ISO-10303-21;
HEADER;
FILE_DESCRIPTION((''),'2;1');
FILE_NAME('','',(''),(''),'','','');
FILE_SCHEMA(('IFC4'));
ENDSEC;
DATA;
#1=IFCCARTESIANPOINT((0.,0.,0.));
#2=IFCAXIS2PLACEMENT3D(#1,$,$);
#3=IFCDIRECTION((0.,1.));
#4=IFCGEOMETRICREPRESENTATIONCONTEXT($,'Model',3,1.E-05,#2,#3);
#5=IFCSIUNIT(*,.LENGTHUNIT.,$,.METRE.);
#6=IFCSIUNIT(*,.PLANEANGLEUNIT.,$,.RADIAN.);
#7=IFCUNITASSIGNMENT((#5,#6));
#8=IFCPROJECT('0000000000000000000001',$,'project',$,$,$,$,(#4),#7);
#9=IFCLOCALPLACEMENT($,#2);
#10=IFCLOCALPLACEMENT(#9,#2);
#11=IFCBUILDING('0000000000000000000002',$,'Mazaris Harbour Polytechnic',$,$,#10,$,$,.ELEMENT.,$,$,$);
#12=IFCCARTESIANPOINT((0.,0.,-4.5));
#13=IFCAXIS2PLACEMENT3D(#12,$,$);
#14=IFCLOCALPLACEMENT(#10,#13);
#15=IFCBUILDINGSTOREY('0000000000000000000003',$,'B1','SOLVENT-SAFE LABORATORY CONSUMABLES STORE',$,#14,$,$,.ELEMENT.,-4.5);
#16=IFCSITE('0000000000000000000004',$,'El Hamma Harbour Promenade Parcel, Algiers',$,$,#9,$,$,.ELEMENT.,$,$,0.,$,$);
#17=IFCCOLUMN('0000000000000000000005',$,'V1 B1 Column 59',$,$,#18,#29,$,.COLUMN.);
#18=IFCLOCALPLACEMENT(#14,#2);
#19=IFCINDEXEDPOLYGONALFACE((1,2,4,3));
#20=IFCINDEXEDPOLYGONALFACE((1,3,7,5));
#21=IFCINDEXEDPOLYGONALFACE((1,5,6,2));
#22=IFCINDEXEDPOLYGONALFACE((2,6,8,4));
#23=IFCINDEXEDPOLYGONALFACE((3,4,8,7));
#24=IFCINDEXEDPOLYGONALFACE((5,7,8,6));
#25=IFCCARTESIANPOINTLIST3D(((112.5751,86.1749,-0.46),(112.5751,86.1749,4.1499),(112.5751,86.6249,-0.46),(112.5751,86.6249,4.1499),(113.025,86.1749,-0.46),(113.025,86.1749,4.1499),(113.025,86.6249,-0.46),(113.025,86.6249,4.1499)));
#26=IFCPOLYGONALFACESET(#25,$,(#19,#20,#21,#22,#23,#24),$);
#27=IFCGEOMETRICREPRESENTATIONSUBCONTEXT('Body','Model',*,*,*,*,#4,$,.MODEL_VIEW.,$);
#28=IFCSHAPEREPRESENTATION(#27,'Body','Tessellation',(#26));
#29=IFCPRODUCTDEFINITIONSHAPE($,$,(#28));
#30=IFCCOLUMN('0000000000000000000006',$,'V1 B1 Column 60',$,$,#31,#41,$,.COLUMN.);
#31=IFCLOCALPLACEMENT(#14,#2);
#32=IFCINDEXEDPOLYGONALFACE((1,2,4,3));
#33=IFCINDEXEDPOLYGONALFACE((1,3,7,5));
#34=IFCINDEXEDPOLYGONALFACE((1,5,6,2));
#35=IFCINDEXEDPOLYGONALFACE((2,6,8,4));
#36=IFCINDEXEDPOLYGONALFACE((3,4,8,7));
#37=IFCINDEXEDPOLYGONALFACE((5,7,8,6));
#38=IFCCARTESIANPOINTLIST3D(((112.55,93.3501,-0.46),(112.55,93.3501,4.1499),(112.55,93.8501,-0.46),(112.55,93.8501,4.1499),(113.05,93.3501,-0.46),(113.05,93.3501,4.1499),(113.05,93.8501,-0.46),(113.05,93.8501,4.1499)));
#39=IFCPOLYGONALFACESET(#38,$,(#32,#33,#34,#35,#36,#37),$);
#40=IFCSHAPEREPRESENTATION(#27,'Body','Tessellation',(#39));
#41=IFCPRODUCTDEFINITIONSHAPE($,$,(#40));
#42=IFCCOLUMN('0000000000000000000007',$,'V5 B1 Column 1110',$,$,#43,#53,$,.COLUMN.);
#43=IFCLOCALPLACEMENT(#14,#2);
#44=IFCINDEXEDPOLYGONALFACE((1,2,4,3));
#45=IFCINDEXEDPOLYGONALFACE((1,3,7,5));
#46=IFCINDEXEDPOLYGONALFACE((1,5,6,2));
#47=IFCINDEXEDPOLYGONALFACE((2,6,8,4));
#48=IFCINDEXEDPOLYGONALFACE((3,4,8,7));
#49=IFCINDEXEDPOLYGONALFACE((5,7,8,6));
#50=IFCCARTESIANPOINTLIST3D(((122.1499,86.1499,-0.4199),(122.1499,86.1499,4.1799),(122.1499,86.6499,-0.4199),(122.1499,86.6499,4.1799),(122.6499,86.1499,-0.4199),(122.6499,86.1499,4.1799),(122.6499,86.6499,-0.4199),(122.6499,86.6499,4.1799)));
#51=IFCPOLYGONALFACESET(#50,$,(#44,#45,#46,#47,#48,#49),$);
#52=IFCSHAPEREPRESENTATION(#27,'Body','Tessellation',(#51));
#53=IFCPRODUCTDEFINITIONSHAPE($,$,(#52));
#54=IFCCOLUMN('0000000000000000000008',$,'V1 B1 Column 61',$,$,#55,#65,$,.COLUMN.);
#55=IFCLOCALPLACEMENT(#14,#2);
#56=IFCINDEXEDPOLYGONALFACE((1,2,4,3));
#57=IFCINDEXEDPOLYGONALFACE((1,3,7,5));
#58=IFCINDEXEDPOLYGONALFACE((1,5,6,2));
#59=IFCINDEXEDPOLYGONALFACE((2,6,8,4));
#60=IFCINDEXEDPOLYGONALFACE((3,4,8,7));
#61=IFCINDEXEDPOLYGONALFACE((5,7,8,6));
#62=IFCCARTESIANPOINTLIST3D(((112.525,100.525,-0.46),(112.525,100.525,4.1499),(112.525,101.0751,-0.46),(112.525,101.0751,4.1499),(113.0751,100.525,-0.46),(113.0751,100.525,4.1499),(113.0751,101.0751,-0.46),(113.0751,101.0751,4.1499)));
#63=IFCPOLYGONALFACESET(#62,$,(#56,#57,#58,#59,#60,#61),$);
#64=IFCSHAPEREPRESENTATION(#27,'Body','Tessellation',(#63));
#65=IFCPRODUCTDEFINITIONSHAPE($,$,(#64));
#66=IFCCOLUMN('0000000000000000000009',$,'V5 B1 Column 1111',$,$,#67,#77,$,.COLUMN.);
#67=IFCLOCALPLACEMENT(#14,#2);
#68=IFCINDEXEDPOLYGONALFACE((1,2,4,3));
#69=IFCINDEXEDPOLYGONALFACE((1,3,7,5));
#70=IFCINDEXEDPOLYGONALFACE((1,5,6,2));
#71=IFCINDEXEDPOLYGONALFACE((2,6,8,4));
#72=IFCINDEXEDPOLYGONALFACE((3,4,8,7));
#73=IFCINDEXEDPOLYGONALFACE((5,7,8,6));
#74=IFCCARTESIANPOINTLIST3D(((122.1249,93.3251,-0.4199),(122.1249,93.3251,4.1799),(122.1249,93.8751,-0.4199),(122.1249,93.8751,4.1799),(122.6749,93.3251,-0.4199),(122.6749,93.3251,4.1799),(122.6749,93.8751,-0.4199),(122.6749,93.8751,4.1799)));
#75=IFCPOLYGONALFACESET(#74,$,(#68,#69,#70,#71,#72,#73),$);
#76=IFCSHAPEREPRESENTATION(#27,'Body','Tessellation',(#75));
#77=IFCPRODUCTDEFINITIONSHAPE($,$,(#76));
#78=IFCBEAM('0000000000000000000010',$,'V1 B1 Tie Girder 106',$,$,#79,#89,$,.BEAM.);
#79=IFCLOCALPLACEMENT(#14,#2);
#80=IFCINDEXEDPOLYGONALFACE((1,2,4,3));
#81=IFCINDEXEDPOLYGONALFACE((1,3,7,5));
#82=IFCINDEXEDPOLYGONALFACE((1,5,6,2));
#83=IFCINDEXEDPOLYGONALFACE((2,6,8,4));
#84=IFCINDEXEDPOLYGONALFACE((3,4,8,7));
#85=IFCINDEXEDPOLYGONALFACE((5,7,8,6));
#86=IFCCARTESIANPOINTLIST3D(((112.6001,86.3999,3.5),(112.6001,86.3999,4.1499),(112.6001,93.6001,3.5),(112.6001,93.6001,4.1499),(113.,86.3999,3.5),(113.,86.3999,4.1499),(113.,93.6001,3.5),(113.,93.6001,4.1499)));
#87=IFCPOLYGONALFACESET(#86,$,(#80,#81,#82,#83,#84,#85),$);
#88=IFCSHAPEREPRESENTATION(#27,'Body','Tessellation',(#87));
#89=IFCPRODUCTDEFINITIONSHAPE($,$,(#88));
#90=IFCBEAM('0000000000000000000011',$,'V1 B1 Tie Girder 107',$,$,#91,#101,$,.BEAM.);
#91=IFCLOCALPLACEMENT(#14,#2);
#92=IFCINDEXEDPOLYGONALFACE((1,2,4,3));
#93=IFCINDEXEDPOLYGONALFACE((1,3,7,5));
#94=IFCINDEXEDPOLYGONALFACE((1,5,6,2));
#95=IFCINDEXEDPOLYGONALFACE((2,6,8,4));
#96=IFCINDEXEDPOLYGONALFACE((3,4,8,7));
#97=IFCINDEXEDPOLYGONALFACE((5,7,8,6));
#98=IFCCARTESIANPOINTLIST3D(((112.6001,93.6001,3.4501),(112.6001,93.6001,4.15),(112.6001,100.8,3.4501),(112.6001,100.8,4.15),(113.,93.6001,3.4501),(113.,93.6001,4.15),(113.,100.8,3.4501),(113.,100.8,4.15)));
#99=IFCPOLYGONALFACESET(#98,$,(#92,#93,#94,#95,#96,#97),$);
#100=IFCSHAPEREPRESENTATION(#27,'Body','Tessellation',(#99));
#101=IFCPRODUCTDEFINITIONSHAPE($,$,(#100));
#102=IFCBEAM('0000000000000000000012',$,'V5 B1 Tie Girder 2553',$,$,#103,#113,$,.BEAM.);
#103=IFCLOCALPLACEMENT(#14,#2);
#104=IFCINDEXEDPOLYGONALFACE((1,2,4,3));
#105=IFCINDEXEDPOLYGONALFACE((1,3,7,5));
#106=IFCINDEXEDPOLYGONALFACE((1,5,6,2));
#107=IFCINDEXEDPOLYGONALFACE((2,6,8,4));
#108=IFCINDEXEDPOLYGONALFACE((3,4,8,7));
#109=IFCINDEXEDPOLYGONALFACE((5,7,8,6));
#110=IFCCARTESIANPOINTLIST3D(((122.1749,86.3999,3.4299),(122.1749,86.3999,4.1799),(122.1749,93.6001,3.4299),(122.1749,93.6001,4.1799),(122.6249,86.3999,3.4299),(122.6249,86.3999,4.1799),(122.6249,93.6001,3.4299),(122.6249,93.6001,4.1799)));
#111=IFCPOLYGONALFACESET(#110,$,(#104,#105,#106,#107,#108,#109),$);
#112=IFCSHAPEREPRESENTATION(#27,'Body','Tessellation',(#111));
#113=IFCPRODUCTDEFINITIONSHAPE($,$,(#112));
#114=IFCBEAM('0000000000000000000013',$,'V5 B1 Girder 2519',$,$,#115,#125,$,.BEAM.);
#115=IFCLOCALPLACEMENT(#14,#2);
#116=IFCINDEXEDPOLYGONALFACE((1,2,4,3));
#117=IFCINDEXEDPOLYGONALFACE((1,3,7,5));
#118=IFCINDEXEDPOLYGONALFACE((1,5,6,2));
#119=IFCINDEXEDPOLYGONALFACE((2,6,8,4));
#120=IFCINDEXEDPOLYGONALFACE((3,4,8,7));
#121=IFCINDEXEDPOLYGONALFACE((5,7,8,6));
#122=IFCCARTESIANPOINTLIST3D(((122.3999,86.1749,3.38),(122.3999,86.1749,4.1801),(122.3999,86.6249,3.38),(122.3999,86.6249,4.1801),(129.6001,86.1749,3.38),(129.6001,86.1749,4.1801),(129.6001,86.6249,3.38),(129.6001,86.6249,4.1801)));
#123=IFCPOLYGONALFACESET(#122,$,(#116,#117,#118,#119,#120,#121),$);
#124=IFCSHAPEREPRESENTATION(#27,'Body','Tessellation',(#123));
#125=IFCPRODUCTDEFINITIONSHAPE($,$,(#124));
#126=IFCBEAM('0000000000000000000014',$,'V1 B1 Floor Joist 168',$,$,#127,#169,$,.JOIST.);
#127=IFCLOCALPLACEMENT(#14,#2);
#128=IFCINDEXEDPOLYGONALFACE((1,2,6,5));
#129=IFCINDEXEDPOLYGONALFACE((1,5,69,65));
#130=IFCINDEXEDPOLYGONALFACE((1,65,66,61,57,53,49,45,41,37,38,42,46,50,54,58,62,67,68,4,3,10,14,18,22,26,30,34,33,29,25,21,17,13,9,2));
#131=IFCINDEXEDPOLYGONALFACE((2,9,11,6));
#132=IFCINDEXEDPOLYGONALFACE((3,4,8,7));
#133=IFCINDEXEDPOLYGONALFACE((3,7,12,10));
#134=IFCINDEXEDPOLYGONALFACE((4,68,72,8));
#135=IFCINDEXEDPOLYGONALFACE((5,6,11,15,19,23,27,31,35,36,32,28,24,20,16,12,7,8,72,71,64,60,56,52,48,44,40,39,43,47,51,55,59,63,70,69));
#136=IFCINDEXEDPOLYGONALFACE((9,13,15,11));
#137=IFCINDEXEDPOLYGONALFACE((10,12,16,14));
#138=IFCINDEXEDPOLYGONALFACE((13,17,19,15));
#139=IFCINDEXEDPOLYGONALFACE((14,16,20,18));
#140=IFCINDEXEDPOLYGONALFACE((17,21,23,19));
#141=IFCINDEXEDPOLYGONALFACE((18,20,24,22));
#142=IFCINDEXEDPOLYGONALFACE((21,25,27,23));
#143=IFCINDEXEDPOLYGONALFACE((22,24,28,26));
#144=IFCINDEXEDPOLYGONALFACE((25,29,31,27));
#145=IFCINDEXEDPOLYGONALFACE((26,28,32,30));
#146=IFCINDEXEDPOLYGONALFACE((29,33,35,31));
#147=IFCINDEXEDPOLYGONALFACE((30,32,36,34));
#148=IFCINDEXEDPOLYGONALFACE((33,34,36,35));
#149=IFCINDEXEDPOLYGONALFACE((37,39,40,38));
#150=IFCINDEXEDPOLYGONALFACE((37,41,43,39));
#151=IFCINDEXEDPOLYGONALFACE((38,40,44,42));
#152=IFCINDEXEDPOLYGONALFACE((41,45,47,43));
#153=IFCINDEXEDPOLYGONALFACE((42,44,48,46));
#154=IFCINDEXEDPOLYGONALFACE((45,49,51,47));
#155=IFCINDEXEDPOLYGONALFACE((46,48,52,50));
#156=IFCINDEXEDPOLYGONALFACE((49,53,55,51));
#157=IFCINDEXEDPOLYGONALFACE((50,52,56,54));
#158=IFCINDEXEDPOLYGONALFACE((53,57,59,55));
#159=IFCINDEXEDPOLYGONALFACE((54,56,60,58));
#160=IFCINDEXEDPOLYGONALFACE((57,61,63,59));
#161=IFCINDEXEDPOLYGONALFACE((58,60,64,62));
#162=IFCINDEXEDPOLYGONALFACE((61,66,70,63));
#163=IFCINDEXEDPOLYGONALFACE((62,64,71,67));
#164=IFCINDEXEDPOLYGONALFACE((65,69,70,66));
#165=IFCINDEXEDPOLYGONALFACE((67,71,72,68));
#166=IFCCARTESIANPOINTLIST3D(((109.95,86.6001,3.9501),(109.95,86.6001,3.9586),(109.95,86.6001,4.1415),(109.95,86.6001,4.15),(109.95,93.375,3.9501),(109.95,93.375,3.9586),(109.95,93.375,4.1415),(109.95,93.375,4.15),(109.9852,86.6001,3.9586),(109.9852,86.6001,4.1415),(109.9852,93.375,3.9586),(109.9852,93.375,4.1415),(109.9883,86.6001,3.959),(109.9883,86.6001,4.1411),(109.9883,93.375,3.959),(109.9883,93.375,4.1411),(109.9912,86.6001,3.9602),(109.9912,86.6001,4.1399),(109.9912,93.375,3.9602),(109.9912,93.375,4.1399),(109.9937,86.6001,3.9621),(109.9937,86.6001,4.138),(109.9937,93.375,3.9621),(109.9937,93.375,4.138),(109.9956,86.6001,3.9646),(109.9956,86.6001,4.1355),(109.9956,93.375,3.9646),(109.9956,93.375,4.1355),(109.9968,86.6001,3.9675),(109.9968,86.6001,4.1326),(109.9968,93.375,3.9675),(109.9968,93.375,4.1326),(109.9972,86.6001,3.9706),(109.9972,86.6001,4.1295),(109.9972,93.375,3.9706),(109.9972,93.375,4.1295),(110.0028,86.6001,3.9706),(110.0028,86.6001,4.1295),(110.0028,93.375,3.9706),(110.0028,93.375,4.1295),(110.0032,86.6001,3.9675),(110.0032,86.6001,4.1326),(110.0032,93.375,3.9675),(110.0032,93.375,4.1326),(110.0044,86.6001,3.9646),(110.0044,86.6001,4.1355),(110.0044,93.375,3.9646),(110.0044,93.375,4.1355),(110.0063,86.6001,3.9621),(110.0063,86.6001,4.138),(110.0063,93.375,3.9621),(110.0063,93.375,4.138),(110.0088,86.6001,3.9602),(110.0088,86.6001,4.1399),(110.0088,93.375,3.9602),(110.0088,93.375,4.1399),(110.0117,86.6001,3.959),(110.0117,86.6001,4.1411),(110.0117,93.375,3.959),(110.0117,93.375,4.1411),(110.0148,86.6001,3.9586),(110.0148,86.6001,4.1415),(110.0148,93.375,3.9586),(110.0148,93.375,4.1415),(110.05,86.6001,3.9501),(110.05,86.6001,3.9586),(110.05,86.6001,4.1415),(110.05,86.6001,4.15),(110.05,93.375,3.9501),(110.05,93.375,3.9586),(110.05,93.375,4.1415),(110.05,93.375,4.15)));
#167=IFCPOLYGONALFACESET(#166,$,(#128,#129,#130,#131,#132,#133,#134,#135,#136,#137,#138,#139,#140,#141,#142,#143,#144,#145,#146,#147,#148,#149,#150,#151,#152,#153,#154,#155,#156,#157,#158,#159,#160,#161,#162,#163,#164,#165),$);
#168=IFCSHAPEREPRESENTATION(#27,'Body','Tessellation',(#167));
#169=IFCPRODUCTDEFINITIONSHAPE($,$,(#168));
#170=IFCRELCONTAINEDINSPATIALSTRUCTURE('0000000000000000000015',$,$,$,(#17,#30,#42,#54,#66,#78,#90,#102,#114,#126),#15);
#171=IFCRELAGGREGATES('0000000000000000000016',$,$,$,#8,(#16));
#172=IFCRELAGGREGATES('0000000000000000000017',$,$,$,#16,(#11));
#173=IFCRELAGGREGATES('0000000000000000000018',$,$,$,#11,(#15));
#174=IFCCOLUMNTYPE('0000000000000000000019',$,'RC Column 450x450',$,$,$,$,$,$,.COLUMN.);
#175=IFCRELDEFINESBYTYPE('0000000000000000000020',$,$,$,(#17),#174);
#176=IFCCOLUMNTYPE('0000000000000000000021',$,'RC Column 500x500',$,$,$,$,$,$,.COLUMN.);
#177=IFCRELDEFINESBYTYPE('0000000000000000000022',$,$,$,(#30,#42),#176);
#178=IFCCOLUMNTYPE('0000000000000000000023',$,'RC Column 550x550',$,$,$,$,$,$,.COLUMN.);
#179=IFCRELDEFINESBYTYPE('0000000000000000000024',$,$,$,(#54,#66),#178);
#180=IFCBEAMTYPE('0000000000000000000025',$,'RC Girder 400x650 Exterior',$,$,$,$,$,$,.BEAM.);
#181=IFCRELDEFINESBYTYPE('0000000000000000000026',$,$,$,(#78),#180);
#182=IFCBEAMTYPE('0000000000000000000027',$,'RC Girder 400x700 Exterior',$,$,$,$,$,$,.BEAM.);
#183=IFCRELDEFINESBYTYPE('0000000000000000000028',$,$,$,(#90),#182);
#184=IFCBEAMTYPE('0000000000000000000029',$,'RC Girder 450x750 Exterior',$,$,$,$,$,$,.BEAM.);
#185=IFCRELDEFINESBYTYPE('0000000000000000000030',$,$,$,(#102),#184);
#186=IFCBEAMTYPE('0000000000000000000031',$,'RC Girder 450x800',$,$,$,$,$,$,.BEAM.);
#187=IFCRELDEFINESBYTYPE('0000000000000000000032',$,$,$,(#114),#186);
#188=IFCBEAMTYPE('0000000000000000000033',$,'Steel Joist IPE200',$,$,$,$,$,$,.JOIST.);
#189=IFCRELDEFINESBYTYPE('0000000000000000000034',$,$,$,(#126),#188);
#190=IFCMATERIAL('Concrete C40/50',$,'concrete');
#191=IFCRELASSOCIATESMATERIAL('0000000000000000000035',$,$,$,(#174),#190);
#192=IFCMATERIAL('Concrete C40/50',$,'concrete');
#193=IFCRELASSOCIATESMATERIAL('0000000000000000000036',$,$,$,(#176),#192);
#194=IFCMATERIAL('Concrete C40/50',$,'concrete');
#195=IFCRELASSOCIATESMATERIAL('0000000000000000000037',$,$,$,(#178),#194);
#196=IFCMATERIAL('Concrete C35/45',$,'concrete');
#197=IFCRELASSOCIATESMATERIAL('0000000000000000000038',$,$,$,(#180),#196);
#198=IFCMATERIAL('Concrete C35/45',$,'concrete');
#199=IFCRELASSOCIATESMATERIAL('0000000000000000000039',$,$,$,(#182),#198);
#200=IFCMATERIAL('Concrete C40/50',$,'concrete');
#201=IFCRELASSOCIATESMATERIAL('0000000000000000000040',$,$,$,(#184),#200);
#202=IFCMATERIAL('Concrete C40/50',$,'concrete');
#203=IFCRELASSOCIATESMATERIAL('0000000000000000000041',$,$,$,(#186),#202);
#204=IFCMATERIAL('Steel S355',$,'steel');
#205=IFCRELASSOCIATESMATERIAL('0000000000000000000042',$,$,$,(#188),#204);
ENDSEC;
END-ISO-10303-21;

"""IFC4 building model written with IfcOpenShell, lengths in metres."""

from ifc_helpers import new_model, si_unit, direction, frame, origin, origin_2d, place, context, subcontext, project, spatial, rectangle, i_section, extrude, material, material_profile, profile_set, type_object, element, save


model = new_model("IFC4")

# Units and contexts
model_context = context("Model", 3, precision=1e-05, world=origin(), true_north=direction((0.0, 1.0)))
body_context = subcontext(model_context, "Body", "Model", "MODEL_VIEW")
ifc_project = project(units=[si_unit("LENGTHUNIT", "METRE"), si_unit("PLANEANGLEUNIT", "RADIAN")], contexts=[model_context])

# Site, building, storey
site_placement = place(None, origin())
site = spatial("IfcSite", under=ifc_project, at=site_placement, Name="El Hamma Harbour Promenade Parcel, Algiers", CompositionType="ELEMENT", RefElevation=0.0)
building_placement = place(site_placement, origin())
building = spatial("IfcBuilding", under=site, at=building_placement, Name="Mazaris Harbour Polytechnic", CompositionType="ELEMENT")
storey_placement = place(building_placement, frame((0.0, 0.0, -4.5)))
storey = spatial("IfcBuildingStorey", under=building, at=storey_placement, Name="B1", Description="SOLVENT-SAFE LABORATORY CONSUMABLES STORE", CompositionType="ELEMENT", Elevation=-4.5)

# Columns
ifc_material_1 = material(Name="Concrete C40/50", Category="concrete")
ifc_material_profile_1 = material_profile(ifc_material_1, rectangle(XDim=0.45, YDim=0.45, at=origin_2d()), Name="RECT450x450")
ifc_profile_set_1 = profile_set([ifc_material_profile_1], Name="Concrete C40/50")
column_type_1 = type_object("IfcColumnType", Name="RC Column 450x450", PredefinedType="COLUMN", material=ifc_profile_set_1)
column_1_placement = place(storey_placement, frame((112.8, 86.3999, -0.46), z_axis=(0.0, 0.0, 1.0), x_axis=(1.0, 0.0, 0.0)))
element("IfcColumn", 1, at=column_1_placement, inside=storey, type_object=column_type_1, Name="V1 B1 Column 59", PredefinedType="COLUMN", context=body_context, shape_type="SweptSolid", body=[
    extrude(rectangle(XDim=0.45, YDim=0.45, at=origin_2d()), origin(), (0.0, 0.0, 1.0), 4.6099),
])
ifc_material_2 = material(Name="Concrete C40/50", Category="concrete")
ifc_material_profile_2 = material_profile(ifc_material_2, rectangle(XDim=0.5, YDim=0.5, at=origin_2d()), Name="RECT500x500")
ifc_profile_set_2 = profile_set([ifc_material_profile_2], Name="Concrete C40/50")
column_type_2 = type_object("IfcColumnType", Name="RC Column 500x500", PredefinedType="COLUMN", material=ifc_profile_set_2)
column_2_placement = place(storey_placement, frame((112.8, 93.6001, -0.46), z_axis=(0.0, 0.0, 1.0), x_axis=(1.0, 0.0, 0.0)))
element("IfcColumn", 2, at=column_2_placement, inside=storey, type_object=column_type_2, Name="V1 B1 Column 60", PredefinedType="COLUMN", context=body_context, shape_type="SweptSolid", body=[
    extrude(rectangle(XDim=0.5, YDim=0.5, at=origin_2d()), origin(), (0.0, 0.0, 1.0), 4.6099),
])
column_3_placement = place(storey_placement, frame((122.3999, 86.3999, -0.4199), z_axis=(0.0, 0.0, 1.0), x_axis=(1.0, 0.0, 0.0)))
element("IfcColumn", 3, at=column_3_placement, inside=storey, type_object=column_type_2, Name="V5 B1 Column 1110", PredefinedType="COLUMN", context=body_context, shape_type="SweptSolid", body=[
    extrude(rectangle(XDim=0.5, YDim=0.5, at=origin_2d()), origin(), (0.0, 0.0, 1.0), 4.5999),
])
ifc_material_3 = material(Name="Concrete C40/50", Category="concrete")
ifc_material_profile_3 = material_profile(ifc_material_3, rectangle(XDim=0.55, YDim=0.55, at=origin_2d()), Name="RECT550x550")
ifc_profile_set_3 = profile_set([ifc_material_profile_3], Name="Concrete C40/50")
column_type_3 = type_object("IfcColumnType", Name="RC Column 550x550", PredefinedType="COLUMN", material=ifc_profile_set_3)
column_4_placement = place(storey_placement, frame((112.8, 100.8, -0.46), z_axis=(0.0, 0.0, 1.0), x_axis=(1.0, 0.0, 0.0)))
element("IfcColumn", 4, at=column_4_placement, inside=storey, type_object=column_type_3, Name="V1 B1 Column 61", PredefinedType="COLUMN", context=body_context, shape_type="SweptSolid", body=[
    extrude(rectangle(XDim=0.55, YDim=0.55, at=origin_2d()), origin(), (0.0, 0.0, 1.0), 4.6099),
])
column_5_placement = place(storey_placement, frame((122.3999, 93.6001, -0.4199), z_axis=(0.0, 0.0, 1.0), x_axis=(1.0, 0.0, 0.0)))
element("IfcColumn", 5, at=column_5_placement, inside=storey, type_object=column_type_3, Name="V5 B1 Column 1111", PredefinedType="COLUMN", context=body_context, shape_type="SweptSolid", body=[
    extrude(rectangle(XDim=0.55, YDim=0.55, at=origin_2d()), origin(), (0.0, 0.0, 1.0), 4.5999),
])

# Beams
ifc_material_4 = material(Name="Concrete C35/45", Category="concrete")
ifc_material_profile_4 = material_profile(ifc_material_4, rectangle(XDim=0.3999, YDim=0.6499, at=origin_2d()), Name="RECT400x650")
ifc_profile_set_4 = profile_set([ifc_material_profile_4], Name="Concrete C35/45")
beam_type_1 = type_object("IfcBeamType", Name="RC Girder 400x650 Exterior", PredefinedType="BEAM", material=ifc_profile_set_4)
beam_1_placement = place(storey_placement, frame((112.8, 86.3999, 3.825), z_axis=(0.0, 1.0, 0.0), x_axis=(-1.0, 0.0, 0.0)))
element("IfcBeam", 6, at=beam_1_placement, inside=storey, type_object=beam_type_1, Name="V1 B1 Tie Girder 106", PredefinedType="BEAM", context=body_context, shape_type="SweptSolid", body=[
    extrude(rectangle(XDim=0.3999, YDim=0.6499, at=origin_2d()), origin(), (0.0, 0.0, 1.0), 7.2002),
])
ifc_material_5 = material(Name="Concrete C35/45", Category="concrete")
ifc_material_profile_5 = material_profile(ifc_material_5, rectangle(XDim=0.3999, YDim=0.7, at=origin_2d()), Name="RECT400x700")
ifc_profile_set_5 = profile_set([ifc_material_profile_5], Name="Concrete C35/45")
beam_type_2 = type_object("IfcBeamType", Name="RC Girder 400x700 Exterior", PredefinedType="BEAM", material=ifc_profile_set_5)
beam_2_placement = place(storey_placement, frame((112.8, 93.6001, 3.8), z_axis=(0.0, 1.0, 0.0), x_axis=(-1.0, 0.0, 0.0)))
element("IfcBeam", 7, at=beam_2_placement, inside=storey, type_object=beam_type_2, Name="V1 B1 Tie Girder 107", PredefinedType="BEAM", context=body_context, shape_type="SweptSolid", body=[
    extrude(rectangle(XDim=0.3999, YDim=0.7, at=origin_2d()), origin(), (0.0, 0.0, 1.0), 7.2),
])
ifc_material_6 = material(Name="Concrete C40/50", Category="concrete")
ifc_material_profile_6 = material_profile(ifc_material_6, rectangle(XDim=0.45, YDim=0.75, at=origin_2d()), Name="RECT450x750")
ifc_profile_set_6 = profile_set([ifc_material_profile_6], Name="Concrete C40/50")
beam_type_3 = type_object("IfcBeamType", Name="RC Girder 450x750 Exterior", PredefinedType="BEAM", material=ifc_profile_set_6)
beam_3_placement = place(storey_placement, frame((122.3999, 86.3999, 3.8049), z_axis=(0.0, 1.0, 0.0), x_axis=(-1.0, 0.0, 0.0)))
element("IfcBeam", 8, at=beam_3_placement, inside=storey, type_object=beam_type_3, Name="V5 B1 Tie Girder 2553", PredefinedType="BEAM", context=body_context, shape_type="SweptSolid", body=[
    extrude(rectangle(XDim=0.45, YDim=0.75, at=origin_2d()), origin(), (0.0, 0.0, 1.0), 7.2002),
])
ifc_material_7 = material(Name="Concrete C40/50", Category="concrete")
ifc_material_profile_7 = material_profile(ifc_material_7, rectangle(XDim=0.45, YDim=0.8, at=origin_2d()), Name="RECT450x800")
ifc_profile_set_7 = profile_set([ifc_material_profile_7], Name="Concrete C40/50")
beam_type_4 = type_object("IfcBeamType", Name="RC Girder 450x800", PredefinedType="BEAM", material=ifc_profile_set_7)
beam_4_placement = place(storey_placement, frame((122.3999, 86.3999, 3.78), z_axis=(1.0, 0.0, 0.0), x_axis=(0.0, 1.0, 0.0)))
element("IfcBeam", 9, at=beam_4_placement, inside=storey, type_object=beam_type_4, Name="V5 B1 Girder 2519", PredefinedType="BEAM", context=body_context, shape_type="SweptSolid", body=[
    extrude(rectangle(XDim=0.45, YDim=0.8, at=origin_2d()), origin(), (0.0, 0.0, 1.0), 7.2002),
])
ifc_material_8 = material(Name="Steel S355", Category="steel")
ifc_material_profile_8 = material_profile(ifc_material_8, i_section(OverallWidth=0.1001, OverallDepth=0.2, WebThickness=0.0056, FlangeThickness=0.0085, FilletRadius=0.012, at=origin_2d()), Name="IPE 200")
ifc_profile_set_8 = profile_set([ifc_material_profile_8], Name="Steel S355")
beam_type_5 = type_object("IfcBeamType", Name="Steel Joist IPE200", PredefinedType="JOIST", material=ifc_profile_set_8)
beam_5_placement = place(storey_placement, frame((110.0, 86.6001, 4.05), z_axis=(0.0, 1.0, 0.0), x_axis=(-1.0, 0.0, 0.0)))
element("IfcBeam", 10, at=beam_5_placement, inside=storey, type_object=beam_type_5, Name="V1 B1 Floor Joist 168", PredefinedType="JOIST", context=body_context, shape_type="SweptSolid", body=[
    extrude(i_section(OverallWidth=0.1001, OverallDepth=0.2, WebThickness=0.0056, FlangeThickness=0.0085, FilletRadius=0.012, at=origin_2d()), origin(), (0.0, 0.0, 1.0), 6.7749),
])

save(model, "model.ifc")
